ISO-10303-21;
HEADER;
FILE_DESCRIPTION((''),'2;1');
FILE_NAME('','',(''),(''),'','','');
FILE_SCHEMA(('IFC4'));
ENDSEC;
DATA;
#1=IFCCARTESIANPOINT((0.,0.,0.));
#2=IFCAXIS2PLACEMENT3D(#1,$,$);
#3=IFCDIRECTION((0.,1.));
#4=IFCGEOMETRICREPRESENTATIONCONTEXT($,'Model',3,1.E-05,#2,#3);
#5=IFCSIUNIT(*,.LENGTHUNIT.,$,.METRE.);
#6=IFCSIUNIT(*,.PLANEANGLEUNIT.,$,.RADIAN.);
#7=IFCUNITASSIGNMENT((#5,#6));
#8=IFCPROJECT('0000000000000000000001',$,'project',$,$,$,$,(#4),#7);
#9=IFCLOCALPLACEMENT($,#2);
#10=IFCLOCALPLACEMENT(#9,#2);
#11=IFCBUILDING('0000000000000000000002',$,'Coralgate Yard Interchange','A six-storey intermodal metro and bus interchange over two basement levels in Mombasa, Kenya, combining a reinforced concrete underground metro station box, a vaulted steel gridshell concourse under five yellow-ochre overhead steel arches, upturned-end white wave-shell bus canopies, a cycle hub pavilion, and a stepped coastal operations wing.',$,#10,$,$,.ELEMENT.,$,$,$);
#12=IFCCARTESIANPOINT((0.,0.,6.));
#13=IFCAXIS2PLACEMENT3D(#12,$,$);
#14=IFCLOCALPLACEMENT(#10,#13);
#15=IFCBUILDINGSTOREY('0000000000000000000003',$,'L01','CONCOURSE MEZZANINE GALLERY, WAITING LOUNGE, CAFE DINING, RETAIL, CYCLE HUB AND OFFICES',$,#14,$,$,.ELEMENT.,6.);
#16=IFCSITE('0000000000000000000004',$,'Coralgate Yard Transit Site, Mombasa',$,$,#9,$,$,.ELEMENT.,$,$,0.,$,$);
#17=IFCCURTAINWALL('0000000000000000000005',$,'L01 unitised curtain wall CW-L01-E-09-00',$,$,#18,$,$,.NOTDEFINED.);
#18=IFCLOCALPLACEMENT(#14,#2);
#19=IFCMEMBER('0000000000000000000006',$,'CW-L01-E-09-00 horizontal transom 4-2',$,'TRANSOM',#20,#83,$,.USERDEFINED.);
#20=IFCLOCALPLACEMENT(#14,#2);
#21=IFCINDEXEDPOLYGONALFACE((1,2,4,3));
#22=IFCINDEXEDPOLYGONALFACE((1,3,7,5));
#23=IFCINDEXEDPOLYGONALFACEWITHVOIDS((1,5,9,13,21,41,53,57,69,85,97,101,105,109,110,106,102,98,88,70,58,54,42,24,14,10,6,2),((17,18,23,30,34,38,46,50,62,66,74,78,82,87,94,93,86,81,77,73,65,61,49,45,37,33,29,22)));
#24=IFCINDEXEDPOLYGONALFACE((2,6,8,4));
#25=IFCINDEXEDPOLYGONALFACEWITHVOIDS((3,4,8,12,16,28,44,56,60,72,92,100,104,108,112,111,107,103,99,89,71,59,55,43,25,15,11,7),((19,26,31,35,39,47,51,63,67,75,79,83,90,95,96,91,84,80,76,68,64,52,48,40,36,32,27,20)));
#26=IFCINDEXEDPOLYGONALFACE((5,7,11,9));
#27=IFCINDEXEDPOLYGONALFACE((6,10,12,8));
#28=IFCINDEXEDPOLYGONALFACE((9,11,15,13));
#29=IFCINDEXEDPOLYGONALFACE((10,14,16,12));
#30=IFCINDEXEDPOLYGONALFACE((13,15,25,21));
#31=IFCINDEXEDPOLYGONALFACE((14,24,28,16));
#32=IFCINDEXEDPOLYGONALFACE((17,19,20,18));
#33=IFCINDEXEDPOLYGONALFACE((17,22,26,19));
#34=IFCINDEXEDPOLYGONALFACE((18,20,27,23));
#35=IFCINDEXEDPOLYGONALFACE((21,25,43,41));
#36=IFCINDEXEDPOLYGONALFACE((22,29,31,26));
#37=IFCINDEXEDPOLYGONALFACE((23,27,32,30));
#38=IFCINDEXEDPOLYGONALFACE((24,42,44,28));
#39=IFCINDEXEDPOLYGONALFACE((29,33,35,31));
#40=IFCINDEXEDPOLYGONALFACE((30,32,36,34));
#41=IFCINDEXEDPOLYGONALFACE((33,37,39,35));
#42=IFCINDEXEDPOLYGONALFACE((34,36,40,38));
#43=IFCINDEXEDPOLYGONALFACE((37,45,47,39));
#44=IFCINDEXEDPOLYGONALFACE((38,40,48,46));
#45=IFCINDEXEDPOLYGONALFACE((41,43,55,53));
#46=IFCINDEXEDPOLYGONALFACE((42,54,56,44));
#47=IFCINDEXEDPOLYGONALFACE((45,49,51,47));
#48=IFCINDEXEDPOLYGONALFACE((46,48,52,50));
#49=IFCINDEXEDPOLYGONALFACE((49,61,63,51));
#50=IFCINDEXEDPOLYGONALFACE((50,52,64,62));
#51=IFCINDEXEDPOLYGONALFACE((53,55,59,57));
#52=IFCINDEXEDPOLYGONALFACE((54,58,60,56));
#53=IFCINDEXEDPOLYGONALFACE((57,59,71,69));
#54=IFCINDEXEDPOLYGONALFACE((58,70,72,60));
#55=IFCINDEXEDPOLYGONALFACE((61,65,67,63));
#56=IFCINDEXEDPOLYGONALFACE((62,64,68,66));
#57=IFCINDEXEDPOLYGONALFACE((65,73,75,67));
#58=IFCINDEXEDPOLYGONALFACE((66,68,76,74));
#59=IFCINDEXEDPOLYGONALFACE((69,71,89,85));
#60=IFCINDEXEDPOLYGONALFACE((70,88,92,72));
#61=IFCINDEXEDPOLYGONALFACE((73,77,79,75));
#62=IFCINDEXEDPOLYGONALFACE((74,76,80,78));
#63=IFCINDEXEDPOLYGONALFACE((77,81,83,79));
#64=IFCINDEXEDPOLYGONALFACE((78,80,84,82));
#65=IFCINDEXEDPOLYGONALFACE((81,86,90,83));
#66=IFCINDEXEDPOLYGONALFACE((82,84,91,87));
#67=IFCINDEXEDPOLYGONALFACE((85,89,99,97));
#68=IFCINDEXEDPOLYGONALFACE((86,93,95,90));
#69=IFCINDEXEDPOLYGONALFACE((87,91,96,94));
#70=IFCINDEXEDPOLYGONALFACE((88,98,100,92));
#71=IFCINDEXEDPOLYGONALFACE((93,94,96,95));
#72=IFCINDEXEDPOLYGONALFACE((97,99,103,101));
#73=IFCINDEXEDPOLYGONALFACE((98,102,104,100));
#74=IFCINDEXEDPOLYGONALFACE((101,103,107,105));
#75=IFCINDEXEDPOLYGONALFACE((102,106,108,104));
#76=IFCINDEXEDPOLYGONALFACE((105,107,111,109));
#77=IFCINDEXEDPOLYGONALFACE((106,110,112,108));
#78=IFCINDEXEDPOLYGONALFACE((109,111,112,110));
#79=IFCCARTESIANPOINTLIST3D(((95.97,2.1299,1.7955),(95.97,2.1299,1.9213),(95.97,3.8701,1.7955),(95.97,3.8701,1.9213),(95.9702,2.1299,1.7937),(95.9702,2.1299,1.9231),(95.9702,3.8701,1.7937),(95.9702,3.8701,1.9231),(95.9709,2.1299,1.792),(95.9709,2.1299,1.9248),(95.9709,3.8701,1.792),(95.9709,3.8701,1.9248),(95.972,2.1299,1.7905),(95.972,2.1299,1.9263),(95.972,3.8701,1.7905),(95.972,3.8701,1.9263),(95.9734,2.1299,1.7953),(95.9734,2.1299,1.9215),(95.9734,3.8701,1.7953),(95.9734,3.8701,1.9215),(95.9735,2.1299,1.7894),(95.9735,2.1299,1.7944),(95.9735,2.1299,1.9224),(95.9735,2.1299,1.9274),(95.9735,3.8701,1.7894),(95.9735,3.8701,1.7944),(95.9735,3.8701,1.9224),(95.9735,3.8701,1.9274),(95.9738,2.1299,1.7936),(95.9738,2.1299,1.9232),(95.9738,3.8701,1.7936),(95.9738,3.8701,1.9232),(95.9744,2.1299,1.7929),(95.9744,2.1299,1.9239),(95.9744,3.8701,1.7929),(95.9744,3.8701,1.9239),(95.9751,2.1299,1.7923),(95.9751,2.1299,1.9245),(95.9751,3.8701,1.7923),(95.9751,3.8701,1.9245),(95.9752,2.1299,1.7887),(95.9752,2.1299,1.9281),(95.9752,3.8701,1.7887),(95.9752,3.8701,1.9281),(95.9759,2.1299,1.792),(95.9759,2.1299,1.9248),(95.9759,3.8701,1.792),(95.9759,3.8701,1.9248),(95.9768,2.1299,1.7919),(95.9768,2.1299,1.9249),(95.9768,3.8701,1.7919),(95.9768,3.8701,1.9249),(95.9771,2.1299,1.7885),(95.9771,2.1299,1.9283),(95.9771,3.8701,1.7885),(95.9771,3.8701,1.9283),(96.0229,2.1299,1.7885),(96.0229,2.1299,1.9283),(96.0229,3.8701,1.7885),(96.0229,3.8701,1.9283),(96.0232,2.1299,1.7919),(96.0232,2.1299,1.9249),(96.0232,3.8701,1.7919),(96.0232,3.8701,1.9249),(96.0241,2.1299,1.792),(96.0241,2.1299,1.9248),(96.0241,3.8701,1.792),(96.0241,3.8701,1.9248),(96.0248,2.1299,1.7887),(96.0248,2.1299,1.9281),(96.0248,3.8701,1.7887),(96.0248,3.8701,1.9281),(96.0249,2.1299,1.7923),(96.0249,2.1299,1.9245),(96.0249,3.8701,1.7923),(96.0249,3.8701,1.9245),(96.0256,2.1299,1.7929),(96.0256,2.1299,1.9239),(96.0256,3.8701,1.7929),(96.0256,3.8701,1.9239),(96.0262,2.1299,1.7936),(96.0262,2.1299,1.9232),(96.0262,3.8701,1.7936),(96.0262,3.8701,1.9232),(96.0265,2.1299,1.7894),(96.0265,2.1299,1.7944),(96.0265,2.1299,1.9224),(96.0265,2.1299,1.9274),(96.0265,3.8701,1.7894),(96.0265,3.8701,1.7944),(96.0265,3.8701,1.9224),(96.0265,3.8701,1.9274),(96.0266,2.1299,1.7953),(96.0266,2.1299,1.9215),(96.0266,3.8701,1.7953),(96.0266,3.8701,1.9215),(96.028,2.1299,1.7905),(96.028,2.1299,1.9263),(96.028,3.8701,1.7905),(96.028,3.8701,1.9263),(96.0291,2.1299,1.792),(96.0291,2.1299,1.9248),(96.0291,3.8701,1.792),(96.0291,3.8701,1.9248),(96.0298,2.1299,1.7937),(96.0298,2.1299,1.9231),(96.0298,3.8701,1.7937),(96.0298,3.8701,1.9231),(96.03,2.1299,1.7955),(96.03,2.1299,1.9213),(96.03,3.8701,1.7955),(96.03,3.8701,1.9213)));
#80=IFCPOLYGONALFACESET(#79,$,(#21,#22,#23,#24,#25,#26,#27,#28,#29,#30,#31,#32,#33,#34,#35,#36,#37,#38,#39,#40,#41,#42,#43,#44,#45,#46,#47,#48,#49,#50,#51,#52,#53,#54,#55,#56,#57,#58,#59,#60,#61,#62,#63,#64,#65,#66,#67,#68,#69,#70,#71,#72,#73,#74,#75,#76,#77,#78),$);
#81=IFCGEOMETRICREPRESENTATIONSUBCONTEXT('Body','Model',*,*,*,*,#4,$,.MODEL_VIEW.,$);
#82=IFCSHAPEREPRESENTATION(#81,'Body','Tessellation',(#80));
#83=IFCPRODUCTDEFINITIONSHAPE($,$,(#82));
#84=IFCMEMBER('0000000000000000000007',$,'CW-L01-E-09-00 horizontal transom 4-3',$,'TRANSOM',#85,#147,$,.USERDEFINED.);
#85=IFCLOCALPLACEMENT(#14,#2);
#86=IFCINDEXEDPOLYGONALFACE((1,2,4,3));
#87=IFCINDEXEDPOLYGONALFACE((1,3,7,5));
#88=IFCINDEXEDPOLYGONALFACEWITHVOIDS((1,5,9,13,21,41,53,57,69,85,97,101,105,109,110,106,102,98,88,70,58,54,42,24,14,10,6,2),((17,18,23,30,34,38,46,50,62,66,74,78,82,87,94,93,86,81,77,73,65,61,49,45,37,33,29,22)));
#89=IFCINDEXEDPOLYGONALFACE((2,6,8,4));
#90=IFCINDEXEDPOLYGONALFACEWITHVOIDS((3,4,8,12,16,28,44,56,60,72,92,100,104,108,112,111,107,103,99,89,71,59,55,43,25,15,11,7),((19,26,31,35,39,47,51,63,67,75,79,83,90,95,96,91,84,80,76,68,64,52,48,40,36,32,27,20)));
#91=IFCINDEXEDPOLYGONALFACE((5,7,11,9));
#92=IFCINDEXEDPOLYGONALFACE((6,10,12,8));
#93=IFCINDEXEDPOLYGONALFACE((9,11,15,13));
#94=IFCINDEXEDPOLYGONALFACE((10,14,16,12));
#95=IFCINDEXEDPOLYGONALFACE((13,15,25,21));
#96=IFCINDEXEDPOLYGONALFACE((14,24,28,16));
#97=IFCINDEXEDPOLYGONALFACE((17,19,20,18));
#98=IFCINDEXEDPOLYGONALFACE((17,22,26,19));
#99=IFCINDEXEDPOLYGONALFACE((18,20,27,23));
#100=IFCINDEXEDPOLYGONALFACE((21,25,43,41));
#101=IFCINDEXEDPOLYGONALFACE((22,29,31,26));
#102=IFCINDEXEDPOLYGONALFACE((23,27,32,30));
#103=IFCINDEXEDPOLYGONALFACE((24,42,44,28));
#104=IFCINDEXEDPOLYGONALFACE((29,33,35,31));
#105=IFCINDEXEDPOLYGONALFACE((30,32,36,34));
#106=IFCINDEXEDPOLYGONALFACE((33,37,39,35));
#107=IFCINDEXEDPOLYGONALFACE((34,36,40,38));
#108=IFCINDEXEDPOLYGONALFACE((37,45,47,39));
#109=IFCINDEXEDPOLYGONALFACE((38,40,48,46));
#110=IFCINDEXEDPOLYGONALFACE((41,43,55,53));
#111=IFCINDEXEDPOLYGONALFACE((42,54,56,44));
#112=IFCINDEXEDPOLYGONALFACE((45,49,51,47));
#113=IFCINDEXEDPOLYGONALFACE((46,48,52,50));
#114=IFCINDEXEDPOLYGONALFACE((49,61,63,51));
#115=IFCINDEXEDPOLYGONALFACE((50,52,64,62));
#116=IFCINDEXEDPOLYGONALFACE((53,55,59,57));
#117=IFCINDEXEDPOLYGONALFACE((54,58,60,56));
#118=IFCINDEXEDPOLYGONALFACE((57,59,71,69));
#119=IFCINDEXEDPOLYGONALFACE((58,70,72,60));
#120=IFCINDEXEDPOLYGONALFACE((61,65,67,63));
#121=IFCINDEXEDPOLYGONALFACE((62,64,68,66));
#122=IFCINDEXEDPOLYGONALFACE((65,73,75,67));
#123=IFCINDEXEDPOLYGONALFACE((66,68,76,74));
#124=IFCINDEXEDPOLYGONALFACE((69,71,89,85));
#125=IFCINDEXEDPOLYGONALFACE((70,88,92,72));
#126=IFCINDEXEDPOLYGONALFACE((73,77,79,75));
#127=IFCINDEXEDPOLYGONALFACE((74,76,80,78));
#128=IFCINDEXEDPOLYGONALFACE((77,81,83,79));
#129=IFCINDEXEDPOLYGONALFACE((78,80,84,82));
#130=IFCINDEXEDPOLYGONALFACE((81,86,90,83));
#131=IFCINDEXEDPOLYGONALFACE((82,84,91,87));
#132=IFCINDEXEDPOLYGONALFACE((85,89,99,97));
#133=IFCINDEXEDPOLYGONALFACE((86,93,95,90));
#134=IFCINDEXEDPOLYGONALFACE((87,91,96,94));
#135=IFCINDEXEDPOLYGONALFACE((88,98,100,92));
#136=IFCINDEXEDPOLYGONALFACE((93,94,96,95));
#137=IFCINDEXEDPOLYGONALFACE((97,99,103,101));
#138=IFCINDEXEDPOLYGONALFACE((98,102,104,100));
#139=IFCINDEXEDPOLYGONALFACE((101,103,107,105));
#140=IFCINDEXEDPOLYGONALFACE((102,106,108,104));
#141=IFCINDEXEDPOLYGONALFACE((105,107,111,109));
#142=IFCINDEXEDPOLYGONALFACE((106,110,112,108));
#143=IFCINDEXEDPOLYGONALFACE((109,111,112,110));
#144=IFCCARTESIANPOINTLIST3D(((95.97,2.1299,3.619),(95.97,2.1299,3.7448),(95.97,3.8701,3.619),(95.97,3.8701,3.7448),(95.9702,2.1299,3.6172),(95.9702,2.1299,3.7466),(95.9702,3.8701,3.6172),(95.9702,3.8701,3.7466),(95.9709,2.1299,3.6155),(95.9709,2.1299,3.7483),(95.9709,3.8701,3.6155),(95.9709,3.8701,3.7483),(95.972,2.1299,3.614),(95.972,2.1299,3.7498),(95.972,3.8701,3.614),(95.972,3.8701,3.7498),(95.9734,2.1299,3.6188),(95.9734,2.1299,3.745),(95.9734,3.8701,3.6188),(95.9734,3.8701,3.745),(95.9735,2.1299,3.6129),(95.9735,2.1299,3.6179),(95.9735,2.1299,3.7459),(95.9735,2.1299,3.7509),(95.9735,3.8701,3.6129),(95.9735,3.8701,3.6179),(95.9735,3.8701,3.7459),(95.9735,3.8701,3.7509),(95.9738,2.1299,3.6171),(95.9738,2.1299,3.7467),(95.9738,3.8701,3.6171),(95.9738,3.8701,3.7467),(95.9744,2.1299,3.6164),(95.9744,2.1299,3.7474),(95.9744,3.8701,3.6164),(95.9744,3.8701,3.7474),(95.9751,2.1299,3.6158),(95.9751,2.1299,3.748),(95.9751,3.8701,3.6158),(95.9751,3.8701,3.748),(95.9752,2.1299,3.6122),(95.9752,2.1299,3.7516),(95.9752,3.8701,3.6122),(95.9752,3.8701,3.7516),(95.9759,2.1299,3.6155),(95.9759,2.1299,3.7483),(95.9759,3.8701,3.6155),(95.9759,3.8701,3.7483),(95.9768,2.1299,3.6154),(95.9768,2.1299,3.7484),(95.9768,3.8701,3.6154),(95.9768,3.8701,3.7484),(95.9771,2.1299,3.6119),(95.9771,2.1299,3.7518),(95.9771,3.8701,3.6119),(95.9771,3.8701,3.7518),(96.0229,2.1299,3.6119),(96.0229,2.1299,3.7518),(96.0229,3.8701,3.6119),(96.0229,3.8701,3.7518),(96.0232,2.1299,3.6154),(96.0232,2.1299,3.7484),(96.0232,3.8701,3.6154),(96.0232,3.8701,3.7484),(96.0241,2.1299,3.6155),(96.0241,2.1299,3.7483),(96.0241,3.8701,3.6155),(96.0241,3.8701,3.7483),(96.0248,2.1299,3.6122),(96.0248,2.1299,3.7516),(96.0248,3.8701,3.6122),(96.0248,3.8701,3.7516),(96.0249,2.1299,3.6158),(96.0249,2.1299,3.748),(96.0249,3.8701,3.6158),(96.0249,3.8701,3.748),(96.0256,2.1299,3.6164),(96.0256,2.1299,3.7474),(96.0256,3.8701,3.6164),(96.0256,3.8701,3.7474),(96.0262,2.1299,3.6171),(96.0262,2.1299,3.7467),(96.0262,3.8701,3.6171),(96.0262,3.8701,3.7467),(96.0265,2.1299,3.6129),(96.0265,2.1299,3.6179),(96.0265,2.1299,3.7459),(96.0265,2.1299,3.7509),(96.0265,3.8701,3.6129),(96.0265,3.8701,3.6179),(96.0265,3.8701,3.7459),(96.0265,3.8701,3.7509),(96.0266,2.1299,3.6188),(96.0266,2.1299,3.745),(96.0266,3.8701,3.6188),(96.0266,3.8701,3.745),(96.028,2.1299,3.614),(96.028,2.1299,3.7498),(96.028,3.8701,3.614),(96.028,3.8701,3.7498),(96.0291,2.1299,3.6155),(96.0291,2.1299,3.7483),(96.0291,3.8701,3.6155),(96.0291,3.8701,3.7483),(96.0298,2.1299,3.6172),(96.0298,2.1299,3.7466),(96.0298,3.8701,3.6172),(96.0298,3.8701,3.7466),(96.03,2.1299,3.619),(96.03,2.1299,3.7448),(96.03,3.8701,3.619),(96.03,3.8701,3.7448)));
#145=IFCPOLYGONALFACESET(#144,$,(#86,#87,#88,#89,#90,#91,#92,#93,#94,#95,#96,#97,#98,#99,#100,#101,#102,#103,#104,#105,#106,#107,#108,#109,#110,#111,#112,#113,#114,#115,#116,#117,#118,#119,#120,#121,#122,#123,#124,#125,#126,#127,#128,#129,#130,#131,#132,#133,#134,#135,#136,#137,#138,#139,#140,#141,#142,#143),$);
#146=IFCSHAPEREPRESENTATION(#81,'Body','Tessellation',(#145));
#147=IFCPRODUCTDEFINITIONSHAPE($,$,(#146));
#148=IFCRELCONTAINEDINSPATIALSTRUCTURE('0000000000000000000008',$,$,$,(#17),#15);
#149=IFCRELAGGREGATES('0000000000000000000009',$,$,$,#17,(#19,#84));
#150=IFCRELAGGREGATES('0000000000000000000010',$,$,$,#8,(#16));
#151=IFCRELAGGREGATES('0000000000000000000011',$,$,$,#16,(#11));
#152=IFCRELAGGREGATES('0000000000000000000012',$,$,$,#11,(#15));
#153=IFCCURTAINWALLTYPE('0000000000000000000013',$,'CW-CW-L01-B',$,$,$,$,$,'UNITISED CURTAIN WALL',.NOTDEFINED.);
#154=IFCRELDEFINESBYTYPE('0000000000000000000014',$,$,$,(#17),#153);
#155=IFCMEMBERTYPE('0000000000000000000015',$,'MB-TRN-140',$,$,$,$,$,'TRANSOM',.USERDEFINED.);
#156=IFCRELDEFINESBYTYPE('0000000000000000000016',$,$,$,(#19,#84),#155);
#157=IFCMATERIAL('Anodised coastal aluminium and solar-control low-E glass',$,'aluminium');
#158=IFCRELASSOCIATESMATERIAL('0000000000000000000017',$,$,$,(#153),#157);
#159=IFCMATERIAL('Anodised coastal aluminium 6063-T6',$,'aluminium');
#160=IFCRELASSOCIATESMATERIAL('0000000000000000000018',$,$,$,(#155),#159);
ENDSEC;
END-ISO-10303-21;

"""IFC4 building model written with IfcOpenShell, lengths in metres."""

from ifc_helpers import new_model, si_unit, direction, frame, origin, origin_2d, place, context, subcontext, project, spatial, hollow_rectangle, extrude, material, material_profile, profile_set, type_object, element, aggregate, save


model = new_model("IFC4")

# Units and contexts
model_context = context("Model", 3, precision=1e-05, world=origin(), true_north=direction((0.0, 1.0)))
body_context = subcontext(model_context, "Body", "Model", "MODEL_VIEW")
ifc_project = project(units=[si_unit("LENGTHUNIT", "METRE"), si_unit("PLANEANGLEUNIT", "RADIAN")], contexts=[model_context])

# Site, building, storey
site_placement = place(None, origin())
site = spatial("IfcSite", under=ifc_project, at=site_placement, Name="Coralgate Yard Transit Site, Mombasa", CompositionType="ELEMENT", RefElevation=0.0)
building_placement = place(site_placement, origin())
building = spatial("IfcBuilding", under=site, at=building_placement, Name="Coralgate Yard Interchange", Description="A six-storey intermodal metro and bus interchange over two basement levels in Mombasa, Kenya, combining a reinforced concrete underground metro station box, a vaulted steel gridshell concourse under five yellow-ochre overhead steel arches, upturned-end white wave-shell bus canopies, a cycle hub pavilion, and a stepped coastal operations wing.", CompositionType="ELEMENT")
storey_placement = place(building_placement, frame((0.0, 0.0, 6.0)))
storey = spatial("IfcBuildingStorey", under=building, at=storey_placement, Name="L01", Description="CONCOURSE MEZZANINE GALLERY, WAITING LOUNGE, CAFE DINING, RETAIL, CYCLE HUB AND OFFICES", CompositionType="ELEMENT", Elevation=6.0)

# Curtain wall, members
ifc_material_1 = material(Name="Anodised coastal aluminium and solar-control low-E glass", Category="aluminium")
curtain_wall_type = type_object("IfcCurtainWallType", Name="CW-CW-L01-B", ElementType="UNITISED CURTAIN WALL", PredefinedType="NOTDEFINED", material=ifc_material_1)
curtain_wall_placement = place(storey_placement, origin())
curtain_wall = element("IfcCurtainWall", 1, at=curtain_wall_placement, inside=storey, type_object=curtain_wall_type, Name="L01 unitised curtain wall CW-L01-E-09-00", PredefinedType="NOTDEFINED")
ifc_material_2 = material(Name="Anodised coastal aluminium 6063-T6", Category="aluminium")
ifc_material_profile_1 = material_profile(ifc_material_2, hollow_rectangle(XDim=0.0601, YDim=0.1399, WallThickness=0.0034, InnerFilletRadius=0.0034, OuterFilletRadius=0.0071, at=origin_2d()), Name="ALU 60x140x3.5")
ifc_profile_set_1 = profile_set([ifc_material_profile_1], Name="Anodised coastal aluminium 6063-T6")
member_type_1 = type_object("IfcMemberType", Name="MB-TRN-140", ElementType="TRANSOM", PredefinedType="USERDEFINED", material=ifc_profile_set_1)
member_1_placement = place(storey_placement, frame((96.0, 3.8701, 1.8584), z_axis=(0.0, -1.0, 0.0), x_axis=(1.0, 0.0, 0.0)))
member_1 = element("IfcMember", 2, at=member_1_placement, type_object=member_type_1, Name="CW-L01-E-09-00 horizontal transom 4-2", ObjectType="TRANSOM", PredefinedType="USERDEFINED", context=body_context, shape_type="SweptSolid", body=[
    extrude(hollow_rectangle(XDim=0.0601, YDim=0.1399, WallThickness=0.0034, InnerFilletRadius=0.0034, OuterFilletRadius=0.0071, at=origin_2d()), origin(), (0.0, 0.0, 1.0), 1.7402),
])
member_2_placement = place(storey_placement, frame((96.0, 3.8701, 3.6819), z_axis=(0.0, -1.0, 0.0), x_axis=(1.0, 0.0, 0.0)))
member_2 = element("IfcMember", 3, at=member_2_placement, type_object=member_type_1, Name="CW-L01-E-09-00 horizontal transom 4-3", ObjectType="TRANSOM", PredefinedType="USERDEFINED", context=body_context, shape_type="SweptSolid", body=[
    extrude(hollow_rectangle(XDim=0.0601, YDim=0.1399, WallThickness=0.0034, InnerFilletRadius=0.0034, OuterFilletRadius=0.0071, at=origin_2d()), origin(), (0.0, 0.0, 1.0), 1.7402),
])
aggregate(curtain_wall, [member_1, member_2])

save(model, "model.ifc")
